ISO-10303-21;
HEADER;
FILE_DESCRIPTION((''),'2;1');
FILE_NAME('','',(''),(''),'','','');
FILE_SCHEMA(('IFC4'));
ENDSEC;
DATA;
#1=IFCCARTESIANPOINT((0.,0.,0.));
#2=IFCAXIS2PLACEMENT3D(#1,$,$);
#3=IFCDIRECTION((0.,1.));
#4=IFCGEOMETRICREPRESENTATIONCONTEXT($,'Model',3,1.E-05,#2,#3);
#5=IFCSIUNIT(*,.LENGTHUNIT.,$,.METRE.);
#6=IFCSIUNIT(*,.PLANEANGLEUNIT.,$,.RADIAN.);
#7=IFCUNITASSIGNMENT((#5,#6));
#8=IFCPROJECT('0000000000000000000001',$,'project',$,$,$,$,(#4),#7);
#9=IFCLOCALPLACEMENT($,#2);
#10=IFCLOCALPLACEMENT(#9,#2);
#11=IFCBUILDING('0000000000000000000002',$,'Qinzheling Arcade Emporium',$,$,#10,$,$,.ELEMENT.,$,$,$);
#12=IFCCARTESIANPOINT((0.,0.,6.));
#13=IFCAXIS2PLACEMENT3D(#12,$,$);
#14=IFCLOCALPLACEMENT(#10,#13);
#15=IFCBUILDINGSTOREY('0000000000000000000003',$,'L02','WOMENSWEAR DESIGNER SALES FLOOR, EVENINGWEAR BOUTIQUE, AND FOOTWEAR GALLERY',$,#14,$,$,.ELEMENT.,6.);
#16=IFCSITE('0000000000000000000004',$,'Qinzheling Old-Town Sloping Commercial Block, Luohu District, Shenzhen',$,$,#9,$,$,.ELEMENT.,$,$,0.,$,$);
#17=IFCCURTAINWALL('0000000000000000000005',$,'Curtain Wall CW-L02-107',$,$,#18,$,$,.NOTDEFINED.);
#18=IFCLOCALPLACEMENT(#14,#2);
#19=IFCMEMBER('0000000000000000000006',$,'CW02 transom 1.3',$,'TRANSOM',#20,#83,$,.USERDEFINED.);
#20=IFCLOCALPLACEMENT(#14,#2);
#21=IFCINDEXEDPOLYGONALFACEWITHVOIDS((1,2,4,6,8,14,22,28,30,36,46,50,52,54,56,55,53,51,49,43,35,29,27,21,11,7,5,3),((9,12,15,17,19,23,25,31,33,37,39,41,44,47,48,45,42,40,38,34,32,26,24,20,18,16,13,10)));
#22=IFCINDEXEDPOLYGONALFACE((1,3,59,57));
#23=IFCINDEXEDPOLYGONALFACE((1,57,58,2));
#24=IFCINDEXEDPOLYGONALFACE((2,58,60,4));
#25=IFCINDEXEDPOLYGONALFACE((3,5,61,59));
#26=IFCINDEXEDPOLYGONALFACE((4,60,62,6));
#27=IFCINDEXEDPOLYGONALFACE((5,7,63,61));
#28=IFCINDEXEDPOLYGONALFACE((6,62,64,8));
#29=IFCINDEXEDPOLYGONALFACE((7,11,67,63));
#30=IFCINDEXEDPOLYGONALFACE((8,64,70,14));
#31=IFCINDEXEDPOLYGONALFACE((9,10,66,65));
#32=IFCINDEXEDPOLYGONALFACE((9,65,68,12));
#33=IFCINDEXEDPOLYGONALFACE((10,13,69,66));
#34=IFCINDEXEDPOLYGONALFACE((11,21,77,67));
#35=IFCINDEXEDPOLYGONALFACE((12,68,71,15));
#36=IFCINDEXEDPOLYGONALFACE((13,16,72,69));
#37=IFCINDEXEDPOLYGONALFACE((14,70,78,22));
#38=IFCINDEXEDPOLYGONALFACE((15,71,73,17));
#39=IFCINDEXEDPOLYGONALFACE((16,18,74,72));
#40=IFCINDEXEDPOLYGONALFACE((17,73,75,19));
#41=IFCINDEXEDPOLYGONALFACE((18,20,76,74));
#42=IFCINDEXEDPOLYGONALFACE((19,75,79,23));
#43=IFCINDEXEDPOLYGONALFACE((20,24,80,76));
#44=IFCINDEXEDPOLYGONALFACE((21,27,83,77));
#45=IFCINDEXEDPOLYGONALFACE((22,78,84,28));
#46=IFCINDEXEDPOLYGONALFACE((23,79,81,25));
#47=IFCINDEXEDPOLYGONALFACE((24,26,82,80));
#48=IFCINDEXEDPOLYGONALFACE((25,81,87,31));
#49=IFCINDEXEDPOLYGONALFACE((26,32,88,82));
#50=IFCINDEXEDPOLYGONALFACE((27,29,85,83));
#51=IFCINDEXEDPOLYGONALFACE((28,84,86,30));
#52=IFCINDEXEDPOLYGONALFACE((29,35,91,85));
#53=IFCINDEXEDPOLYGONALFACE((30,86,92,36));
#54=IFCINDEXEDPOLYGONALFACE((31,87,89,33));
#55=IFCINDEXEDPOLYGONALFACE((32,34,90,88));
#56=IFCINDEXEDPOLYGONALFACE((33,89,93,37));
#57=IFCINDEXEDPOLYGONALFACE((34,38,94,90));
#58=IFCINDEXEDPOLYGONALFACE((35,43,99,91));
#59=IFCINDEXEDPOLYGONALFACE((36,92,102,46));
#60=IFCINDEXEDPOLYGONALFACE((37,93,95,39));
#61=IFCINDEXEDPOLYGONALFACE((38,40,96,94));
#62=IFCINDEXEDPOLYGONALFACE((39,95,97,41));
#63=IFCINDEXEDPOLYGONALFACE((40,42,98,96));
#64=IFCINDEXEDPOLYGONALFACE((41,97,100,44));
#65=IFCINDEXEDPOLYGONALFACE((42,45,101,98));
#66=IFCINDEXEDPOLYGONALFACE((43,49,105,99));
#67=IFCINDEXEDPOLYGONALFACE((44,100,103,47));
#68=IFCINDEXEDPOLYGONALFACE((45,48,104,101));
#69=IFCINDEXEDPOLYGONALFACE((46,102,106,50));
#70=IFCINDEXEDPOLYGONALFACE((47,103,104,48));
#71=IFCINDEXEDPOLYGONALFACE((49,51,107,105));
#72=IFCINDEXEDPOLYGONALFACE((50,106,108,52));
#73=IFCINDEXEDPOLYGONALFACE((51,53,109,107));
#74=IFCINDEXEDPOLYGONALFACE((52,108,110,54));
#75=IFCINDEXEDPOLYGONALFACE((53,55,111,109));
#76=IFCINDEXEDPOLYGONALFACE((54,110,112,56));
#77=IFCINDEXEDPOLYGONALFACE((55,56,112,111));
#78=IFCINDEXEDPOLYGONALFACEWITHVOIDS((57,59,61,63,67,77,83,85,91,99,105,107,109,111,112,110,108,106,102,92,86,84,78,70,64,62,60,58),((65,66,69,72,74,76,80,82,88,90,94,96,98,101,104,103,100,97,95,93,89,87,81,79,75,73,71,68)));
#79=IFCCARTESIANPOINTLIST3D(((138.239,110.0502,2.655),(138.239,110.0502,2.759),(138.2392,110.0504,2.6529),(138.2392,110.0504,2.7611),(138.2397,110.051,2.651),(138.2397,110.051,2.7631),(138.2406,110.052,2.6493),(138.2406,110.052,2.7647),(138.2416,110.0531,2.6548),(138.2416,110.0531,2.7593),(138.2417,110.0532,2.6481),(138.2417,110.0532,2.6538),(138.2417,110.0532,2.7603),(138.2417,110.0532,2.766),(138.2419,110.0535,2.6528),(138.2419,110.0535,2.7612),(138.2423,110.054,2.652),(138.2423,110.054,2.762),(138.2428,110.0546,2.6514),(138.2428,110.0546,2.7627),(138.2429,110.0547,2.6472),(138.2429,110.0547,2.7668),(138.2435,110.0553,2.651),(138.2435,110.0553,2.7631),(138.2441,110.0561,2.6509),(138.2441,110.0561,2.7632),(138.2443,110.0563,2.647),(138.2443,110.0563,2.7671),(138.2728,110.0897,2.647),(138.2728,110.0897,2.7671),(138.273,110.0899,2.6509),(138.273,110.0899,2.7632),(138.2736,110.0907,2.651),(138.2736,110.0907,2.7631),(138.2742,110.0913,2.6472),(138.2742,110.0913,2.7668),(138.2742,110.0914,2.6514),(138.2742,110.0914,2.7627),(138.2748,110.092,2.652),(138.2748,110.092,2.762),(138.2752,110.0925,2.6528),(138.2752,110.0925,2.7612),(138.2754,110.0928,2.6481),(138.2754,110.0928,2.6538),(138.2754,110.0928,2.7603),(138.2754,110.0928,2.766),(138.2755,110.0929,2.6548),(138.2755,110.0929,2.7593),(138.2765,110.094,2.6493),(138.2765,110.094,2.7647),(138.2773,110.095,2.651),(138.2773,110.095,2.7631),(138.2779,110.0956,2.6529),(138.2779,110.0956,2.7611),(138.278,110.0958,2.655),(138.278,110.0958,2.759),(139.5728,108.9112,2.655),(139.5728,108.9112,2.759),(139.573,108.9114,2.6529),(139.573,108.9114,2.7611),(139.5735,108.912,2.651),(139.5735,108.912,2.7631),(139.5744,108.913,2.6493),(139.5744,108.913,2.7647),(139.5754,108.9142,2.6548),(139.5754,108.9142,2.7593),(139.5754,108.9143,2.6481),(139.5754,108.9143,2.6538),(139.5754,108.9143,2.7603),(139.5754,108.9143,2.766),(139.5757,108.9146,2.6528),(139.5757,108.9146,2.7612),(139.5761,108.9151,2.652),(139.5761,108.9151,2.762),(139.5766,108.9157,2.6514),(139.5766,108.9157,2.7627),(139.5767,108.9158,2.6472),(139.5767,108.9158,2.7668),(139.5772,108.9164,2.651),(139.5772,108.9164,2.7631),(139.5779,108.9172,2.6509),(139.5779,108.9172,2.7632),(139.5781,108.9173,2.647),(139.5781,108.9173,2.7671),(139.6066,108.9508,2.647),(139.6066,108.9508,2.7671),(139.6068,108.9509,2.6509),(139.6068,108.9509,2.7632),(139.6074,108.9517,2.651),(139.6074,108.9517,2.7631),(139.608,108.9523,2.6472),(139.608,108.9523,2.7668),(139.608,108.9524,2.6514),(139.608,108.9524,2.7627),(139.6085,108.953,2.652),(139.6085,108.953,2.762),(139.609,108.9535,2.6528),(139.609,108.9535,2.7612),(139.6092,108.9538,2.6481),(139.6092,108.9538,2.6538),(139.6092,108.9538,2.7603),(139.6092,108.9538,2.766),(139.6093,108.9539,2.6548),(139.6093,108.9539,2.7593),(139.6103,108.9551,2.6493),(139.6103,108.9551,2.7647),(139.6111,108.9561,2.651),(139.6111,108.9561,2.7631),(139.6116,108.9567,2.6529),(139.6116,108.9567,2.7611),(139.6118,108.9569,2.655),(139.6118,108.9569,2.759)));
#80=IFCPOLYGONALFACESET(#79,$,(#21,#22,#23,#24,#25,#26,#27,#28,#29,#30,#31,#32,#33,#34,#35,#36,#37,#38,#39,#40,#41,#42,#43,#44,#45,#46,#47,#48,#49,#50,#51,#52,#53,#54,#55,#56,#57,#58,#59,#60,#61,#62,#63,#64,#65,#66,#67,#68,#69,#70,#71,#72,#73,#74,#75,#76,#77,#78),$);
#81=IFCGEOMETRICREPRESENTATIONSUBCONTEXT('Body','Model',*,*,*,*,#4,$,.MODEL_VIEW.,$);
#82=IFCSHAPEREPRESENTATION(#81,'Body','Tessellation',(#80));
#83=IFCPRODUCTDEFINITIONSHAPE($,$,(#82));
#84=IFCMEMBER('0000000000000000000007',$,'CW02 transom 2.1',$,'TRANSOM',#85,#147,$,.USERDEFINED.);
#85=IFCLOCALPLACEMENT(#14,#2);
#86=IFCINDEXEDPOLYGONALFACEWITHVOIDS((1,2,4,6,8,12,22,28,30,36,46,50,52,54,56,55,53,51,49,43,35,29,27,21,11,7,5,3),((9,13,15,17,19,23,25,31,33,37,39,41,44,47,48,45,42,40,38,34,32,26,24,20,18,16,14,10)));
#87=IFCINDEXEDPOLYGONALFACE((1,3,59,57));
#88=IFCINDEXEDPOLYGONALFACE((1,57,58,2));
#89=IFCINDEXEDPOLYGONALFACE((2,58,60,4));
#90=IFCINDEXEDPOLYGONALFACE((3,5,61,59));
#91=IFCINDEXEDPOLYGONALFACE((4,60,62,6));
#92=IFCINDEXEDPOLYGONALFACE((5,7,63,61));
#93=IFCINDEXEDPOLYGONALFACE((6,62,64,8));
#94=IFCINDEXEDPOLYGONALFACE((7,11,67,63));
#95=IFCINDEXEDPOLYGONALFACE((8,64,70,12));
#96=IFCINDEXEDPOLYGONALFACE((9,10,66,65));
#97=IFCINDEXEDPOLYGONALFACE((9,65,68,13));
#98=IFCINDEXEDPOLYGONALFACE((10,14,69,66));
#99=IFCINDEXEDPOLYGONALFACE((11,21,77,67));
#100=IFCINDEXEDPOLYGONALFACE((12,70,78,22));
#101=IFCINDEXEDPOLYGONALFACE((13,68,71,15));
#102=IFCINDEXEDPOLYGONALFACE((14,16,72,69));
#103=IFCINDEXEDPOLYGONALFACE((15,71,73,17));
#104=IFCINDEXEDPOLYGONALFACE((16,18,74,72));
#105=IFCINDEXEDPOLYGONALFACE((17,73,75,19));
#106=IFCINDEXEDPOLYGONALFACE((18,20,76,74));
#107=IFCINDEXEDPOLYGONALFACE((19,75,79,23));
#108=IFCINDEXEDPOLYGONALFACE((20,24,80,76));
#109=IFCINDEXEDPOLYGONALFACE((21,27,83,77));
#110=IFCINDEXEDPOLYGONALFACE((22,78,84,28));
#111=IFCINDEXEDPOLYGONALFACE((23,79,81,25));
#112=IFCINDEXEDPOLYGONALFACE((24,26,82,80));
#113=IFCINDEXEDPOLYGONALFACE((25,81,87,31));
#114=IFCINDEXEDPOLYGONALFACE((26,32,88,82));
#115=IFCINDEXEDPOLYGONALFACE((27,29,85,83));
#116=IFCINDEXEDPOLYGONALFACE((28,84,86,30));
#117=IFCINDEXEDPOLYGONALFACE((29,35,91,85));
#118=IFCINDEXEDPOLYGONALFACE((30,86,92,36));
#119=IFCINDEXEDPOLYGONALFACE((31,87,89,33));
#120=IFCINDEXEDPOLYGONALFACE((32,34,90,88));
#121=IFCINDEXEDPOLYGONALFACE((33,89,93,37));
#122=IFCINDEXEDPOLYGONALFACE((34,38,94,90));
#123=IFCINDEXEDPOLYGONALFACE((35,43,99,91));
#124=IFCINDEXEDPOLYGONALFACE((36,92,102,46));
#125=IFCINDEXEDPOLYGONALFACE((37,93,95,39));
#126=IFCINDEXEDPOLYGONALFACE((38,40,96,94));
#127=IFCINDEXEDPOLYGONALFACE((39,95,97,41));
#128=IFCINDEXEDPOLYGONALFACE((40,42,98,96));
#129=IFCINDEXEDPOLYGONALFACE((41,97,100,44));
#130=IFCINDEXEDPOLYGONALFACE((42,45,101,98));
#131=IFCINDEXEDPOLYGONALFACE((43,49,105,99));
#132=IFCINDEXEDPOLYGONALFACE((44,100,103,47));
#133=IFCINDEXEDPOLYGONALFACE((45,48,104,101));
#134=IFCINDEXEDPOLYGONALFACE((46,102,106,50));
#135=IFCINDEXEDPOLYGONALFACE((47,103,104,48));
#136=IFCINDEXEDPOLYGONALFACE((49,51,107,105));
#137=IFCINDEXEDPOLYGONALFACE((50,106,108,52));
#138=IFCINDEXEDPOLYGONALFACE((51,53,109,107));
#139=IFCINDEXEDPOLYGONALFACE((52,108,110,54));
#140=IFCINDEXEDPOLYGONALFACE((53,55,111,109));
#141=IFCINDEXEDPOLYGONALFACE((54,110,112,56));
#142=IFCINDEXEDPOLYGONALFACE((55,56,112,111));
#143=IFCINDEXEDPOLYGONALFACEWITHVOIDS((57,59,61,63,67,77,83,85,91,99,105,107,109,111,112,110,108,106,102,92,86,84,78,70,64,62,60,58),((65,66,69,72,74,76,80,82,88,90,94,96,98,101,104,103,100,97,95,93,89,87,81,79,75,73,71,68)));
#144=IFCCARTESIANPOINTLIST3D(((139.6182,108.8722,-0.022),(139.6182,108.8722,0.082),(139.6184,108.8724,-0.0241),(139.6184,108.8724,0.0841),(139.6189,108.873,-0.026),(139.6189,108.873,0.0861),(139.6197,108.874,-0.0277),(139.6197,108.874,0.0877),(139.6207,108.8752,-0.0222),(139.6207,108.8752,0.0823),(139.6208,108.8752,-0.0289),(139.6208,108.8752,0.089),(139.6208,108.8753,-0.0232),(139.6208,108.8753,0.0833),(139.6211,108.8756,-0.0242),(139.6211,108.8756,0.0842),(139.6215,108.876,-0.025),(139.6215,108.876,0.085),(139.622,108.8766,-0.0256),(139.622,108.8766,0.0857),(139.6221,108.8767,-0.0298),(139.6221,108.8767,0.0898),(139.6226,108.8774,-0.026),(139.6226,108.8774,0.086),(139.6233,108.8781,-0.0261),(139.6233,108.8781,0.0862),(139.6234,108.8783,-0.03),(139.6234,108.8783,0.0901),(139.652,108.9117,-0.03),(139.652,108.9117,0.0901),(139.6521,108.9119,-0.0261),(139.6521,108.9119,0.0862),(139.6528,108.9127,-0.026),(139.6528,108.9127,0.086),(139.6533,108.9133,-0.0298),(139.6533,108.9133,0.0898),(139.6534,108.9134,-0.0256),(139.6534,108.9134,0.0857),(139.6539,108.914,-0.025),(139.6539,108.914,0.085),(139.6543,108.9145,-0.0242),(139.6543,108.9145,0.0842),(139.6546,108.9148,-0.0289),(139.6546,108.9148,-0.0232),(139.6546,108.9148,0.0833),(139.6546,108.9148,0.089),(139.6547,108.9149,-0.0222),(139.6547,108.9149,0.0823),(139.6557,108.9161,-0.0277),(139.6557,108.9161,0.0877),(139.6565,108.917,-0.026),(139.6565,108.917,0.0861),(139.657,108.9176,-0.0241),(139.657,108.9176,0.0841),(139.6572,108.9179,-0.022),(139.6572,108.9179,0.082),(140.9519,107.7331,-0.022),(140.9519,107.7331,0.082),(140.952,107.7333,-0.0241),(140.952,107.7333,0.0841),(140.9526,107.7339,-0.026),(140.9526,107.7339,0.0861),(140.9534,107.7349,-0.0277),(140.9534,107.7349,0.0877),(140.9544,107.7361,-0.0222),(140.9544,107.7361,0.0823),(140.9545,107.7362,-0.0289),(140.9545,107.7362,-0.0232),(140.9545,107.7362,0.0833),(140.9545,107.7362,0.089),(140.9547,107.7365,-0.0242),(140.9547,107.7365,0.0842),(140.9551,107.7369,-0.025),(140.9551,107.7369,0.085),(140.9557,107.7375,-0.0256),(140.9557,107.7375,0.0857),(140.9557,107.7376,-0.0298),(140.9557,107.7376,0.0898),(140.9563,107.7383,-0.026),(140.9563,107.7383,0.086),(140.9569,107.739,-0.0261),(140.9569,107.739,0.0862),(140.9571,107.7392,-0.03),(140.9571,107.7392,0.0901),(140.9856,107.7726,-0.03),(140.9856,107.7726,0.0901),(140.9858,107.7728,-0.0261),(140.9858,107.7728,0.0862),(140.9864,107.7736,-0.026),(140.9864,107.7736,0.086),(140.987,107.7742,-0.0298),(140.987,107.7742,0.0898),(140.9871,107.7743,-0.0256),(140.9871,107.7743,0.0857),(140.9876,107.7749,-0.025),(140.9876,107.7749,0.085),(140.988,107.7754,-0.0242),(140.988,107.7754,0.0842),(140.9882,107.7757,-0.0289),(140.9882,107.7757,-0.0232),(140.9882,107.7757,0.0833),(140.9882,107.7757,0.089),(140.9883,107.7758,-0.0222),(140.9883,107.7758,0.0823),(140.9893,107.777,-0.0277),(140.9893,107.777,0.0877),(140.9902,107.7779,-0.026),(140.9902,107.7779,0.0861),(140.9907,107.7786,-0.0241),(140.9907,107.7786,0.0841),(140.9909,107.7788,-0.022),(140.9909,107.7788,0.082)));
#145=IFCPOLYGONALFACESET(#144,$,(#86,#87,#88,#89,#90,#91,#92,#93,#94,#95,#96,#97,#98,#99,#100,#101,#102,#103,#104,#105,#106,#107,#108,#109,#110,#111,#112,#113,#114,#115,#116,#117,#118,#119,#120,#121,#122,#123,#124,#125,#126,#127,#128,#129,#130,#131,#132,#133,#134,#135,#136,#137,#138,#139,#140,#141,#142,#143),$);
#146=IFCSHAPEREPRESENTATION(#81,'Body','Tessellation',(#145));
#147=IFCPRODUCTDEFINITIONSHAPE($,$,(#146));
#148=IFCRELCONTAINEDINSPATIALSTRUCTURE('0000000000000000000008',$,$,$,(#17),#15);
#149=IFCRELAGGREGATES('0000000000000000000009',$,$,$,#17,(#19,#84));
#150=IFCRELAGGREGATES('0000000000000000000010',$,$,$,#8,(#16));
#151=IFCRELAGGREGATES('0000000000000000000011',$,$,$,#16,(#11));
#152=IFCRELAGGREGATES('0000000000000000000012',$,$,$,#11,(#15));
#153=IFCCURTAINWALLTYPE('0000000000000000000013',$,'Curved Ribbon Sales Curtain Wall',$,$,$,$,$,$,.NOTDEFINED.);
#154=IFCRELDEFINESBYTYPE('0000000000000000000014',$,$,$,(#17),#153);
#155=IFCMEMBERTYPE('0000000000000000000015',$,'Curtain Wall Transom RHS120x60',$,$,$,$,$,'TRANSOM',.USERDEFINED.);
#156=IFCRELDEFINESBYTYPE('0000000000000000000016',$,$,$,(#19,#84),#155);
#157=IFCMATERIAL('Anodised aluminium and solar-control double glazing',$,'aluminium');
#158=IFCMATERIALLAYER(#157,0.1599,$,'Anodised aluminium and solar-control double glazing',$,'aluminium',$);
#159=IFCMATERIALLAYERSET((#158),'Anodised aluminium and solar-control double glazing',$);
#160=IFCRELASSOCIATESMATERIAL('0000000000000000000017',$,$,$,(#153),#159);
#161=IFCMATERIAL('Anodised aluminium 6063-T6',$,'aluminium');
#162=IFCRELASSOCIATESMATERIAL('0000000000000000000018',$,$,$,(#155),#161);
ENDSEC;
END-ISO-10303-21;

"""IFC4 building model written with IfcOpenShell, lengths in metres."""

from ifc_helpers import new_model, si_unit, direction, frame, origin, origin_2d, place, context, subcontext, project, spatial, hollow_rectangle, extrude, material, layer, layer_set, material_profile, profile_set, type_object, element, aggregate, save


model = new_model("IFC4")

# Units and contexts
model_context = context("Model", 3, precision=1e-05, world=origin(), true_north=direction((0.0, 1.0)))
body_context = subcontext(model_context, "Body", "Model", "MODEL_VIEW")
ifc_project = project(units=[si_unit("LENGTHUNIT", "METRE"), si_unit("PLANEANGLEUNIT", "RADIAN")], contexts=[model_context])

# Site, building, storey
site_placement = place(None, origin())
site = spatial("IfcSite", under=ifc_project, at=site_placement, Name="Qinzheling Old-Town Sloping Commercial Block, Luohu District, Shenzhen", CompositionType="ELEMENT", RefElevation=0.0)
building_placement = place(site_placement, origin())
building = spatial("IfcBuilding", under=site, at=building_placement, Name="Qinzheling Arcade Emporium", CompositionType="ELEMENT")
storey_placement = place(building_placement, frame((0.0, 0.0, 6.0)))
storey = spatial("IfcBuildingStorey", under=building, at=storey_placement, Name="L02", Description="WOMENSWEAR DESIGNER SALES FLOOR, EVENINGWEAR BOUTIQUE, AND FOOTWEAR GALLERY", CompositionType="ELEMENT", Elevation=6.0)

# Shared definitions
ifc_material_1 = material(Name="Anodised aluminium and solar-control double glazing", Category="aluminium")
ifc_layer_1 = layer(ifc_material_1, 0.1599, Name="Anodised aluminium and solar-control double glazing", Category="aluminium")
ifc_layer_set_1 = layer_set([ifc_layer_1], Name="Anodised aluminium and solar-control double glazing")
curtain_wall_type = type_object("IfcCurtainWallType", Name="Curved Ribbon Sales Curtain Wall", PredefinedType="NOTDEFINED", material=ifc_layer_set_1)
ifc_material_2 = material(Name="Anodised aluminium 6063-T6", Category="aluminium")

# Curtain wall, members
curtain_wall_1_placement = place(storey_placement, origin())
curtain_wall_1 = element("IfcCurtainWall", 1, at=curtain_wall_1_placement, inside=storey, type_object=curtain_wall_type, Name="Curtain Wall CW-L02-107", PredefinedType="NOTDEFINED")
ifc_material_profile_1 = material_profile(ifc_material_2, hollow_rectangle(XDim=0.0601, YDim=0.1201, WallThickness=0.0039, InnerFilletRadius=0.0039, OuterFilletRadius=0.0081, at=origin_2d()), Name="RHS 120x60x4", Category="aluminium")
ifc_profile_set_1 = profile_set([ifc_material_profile_1], Name="Anodised aluminium 6063-T6")
member_type_1 = type_object("IfcMemberType", Name="Curtain Wall Transom RHS120x60", ElementType="TRANSOM", PredefinedType="USERDEFINED", material=ifc_profile_set_1)
member_1_placement = place(storey_placement, frame((138.2585, 110.073, 2.707), z_axis=(0.760464, -0.64938, 0.0), x_axis=(0.64938, 0.760464, 0.0)))
member_1 = element("IfcMember", 2, at=member_1_placement, type_object=member_type_1, Name="CW02 transom 1.3", ObjectType="TRANSOM", PredefinedType="USERDEFINED", context=body_context, shape_type="SweptSolid", body=[
    extrude(hollow_rectangle(XDim=0.0601, YDim=0.1201, WallThickness=0.0039, InnerFilletRadius=0.0039, OuterFilletRadius=0.0081, at=origin_2d()), origin(), (0.0, 0.0, 1.0), 1.7539),
])
member_2_placement = place(storey_placement, frame((139.6377, 108.895, 0.03), z_axis=(0.760395, -0.649461, 0.0), x_axis=(0.649461, 0.760395, 0.0)))
member_2 = element("IfcMember", 3, at=member_2_placement, type_object=member_type_1, Name="CW02 transom 2.1", ObjectType="TRANSOM", PredefinedType="USERDEFINED", context=body_context, shape_type="SweptSolid", body=[
    extrude(hollow_rectangle(XDim=0.0601, YDim=0.1201, WallThickness=0.0039, InnerFilletRadius=0.0039, OuterFilletRadius=0.0081, at=origin_2d()), origin(), (0.0, 0.0, 1.0), 1.7539),
])

aggregate(curtain_wall_1, [member_1, member_2])

save(model, "model.ifc")
